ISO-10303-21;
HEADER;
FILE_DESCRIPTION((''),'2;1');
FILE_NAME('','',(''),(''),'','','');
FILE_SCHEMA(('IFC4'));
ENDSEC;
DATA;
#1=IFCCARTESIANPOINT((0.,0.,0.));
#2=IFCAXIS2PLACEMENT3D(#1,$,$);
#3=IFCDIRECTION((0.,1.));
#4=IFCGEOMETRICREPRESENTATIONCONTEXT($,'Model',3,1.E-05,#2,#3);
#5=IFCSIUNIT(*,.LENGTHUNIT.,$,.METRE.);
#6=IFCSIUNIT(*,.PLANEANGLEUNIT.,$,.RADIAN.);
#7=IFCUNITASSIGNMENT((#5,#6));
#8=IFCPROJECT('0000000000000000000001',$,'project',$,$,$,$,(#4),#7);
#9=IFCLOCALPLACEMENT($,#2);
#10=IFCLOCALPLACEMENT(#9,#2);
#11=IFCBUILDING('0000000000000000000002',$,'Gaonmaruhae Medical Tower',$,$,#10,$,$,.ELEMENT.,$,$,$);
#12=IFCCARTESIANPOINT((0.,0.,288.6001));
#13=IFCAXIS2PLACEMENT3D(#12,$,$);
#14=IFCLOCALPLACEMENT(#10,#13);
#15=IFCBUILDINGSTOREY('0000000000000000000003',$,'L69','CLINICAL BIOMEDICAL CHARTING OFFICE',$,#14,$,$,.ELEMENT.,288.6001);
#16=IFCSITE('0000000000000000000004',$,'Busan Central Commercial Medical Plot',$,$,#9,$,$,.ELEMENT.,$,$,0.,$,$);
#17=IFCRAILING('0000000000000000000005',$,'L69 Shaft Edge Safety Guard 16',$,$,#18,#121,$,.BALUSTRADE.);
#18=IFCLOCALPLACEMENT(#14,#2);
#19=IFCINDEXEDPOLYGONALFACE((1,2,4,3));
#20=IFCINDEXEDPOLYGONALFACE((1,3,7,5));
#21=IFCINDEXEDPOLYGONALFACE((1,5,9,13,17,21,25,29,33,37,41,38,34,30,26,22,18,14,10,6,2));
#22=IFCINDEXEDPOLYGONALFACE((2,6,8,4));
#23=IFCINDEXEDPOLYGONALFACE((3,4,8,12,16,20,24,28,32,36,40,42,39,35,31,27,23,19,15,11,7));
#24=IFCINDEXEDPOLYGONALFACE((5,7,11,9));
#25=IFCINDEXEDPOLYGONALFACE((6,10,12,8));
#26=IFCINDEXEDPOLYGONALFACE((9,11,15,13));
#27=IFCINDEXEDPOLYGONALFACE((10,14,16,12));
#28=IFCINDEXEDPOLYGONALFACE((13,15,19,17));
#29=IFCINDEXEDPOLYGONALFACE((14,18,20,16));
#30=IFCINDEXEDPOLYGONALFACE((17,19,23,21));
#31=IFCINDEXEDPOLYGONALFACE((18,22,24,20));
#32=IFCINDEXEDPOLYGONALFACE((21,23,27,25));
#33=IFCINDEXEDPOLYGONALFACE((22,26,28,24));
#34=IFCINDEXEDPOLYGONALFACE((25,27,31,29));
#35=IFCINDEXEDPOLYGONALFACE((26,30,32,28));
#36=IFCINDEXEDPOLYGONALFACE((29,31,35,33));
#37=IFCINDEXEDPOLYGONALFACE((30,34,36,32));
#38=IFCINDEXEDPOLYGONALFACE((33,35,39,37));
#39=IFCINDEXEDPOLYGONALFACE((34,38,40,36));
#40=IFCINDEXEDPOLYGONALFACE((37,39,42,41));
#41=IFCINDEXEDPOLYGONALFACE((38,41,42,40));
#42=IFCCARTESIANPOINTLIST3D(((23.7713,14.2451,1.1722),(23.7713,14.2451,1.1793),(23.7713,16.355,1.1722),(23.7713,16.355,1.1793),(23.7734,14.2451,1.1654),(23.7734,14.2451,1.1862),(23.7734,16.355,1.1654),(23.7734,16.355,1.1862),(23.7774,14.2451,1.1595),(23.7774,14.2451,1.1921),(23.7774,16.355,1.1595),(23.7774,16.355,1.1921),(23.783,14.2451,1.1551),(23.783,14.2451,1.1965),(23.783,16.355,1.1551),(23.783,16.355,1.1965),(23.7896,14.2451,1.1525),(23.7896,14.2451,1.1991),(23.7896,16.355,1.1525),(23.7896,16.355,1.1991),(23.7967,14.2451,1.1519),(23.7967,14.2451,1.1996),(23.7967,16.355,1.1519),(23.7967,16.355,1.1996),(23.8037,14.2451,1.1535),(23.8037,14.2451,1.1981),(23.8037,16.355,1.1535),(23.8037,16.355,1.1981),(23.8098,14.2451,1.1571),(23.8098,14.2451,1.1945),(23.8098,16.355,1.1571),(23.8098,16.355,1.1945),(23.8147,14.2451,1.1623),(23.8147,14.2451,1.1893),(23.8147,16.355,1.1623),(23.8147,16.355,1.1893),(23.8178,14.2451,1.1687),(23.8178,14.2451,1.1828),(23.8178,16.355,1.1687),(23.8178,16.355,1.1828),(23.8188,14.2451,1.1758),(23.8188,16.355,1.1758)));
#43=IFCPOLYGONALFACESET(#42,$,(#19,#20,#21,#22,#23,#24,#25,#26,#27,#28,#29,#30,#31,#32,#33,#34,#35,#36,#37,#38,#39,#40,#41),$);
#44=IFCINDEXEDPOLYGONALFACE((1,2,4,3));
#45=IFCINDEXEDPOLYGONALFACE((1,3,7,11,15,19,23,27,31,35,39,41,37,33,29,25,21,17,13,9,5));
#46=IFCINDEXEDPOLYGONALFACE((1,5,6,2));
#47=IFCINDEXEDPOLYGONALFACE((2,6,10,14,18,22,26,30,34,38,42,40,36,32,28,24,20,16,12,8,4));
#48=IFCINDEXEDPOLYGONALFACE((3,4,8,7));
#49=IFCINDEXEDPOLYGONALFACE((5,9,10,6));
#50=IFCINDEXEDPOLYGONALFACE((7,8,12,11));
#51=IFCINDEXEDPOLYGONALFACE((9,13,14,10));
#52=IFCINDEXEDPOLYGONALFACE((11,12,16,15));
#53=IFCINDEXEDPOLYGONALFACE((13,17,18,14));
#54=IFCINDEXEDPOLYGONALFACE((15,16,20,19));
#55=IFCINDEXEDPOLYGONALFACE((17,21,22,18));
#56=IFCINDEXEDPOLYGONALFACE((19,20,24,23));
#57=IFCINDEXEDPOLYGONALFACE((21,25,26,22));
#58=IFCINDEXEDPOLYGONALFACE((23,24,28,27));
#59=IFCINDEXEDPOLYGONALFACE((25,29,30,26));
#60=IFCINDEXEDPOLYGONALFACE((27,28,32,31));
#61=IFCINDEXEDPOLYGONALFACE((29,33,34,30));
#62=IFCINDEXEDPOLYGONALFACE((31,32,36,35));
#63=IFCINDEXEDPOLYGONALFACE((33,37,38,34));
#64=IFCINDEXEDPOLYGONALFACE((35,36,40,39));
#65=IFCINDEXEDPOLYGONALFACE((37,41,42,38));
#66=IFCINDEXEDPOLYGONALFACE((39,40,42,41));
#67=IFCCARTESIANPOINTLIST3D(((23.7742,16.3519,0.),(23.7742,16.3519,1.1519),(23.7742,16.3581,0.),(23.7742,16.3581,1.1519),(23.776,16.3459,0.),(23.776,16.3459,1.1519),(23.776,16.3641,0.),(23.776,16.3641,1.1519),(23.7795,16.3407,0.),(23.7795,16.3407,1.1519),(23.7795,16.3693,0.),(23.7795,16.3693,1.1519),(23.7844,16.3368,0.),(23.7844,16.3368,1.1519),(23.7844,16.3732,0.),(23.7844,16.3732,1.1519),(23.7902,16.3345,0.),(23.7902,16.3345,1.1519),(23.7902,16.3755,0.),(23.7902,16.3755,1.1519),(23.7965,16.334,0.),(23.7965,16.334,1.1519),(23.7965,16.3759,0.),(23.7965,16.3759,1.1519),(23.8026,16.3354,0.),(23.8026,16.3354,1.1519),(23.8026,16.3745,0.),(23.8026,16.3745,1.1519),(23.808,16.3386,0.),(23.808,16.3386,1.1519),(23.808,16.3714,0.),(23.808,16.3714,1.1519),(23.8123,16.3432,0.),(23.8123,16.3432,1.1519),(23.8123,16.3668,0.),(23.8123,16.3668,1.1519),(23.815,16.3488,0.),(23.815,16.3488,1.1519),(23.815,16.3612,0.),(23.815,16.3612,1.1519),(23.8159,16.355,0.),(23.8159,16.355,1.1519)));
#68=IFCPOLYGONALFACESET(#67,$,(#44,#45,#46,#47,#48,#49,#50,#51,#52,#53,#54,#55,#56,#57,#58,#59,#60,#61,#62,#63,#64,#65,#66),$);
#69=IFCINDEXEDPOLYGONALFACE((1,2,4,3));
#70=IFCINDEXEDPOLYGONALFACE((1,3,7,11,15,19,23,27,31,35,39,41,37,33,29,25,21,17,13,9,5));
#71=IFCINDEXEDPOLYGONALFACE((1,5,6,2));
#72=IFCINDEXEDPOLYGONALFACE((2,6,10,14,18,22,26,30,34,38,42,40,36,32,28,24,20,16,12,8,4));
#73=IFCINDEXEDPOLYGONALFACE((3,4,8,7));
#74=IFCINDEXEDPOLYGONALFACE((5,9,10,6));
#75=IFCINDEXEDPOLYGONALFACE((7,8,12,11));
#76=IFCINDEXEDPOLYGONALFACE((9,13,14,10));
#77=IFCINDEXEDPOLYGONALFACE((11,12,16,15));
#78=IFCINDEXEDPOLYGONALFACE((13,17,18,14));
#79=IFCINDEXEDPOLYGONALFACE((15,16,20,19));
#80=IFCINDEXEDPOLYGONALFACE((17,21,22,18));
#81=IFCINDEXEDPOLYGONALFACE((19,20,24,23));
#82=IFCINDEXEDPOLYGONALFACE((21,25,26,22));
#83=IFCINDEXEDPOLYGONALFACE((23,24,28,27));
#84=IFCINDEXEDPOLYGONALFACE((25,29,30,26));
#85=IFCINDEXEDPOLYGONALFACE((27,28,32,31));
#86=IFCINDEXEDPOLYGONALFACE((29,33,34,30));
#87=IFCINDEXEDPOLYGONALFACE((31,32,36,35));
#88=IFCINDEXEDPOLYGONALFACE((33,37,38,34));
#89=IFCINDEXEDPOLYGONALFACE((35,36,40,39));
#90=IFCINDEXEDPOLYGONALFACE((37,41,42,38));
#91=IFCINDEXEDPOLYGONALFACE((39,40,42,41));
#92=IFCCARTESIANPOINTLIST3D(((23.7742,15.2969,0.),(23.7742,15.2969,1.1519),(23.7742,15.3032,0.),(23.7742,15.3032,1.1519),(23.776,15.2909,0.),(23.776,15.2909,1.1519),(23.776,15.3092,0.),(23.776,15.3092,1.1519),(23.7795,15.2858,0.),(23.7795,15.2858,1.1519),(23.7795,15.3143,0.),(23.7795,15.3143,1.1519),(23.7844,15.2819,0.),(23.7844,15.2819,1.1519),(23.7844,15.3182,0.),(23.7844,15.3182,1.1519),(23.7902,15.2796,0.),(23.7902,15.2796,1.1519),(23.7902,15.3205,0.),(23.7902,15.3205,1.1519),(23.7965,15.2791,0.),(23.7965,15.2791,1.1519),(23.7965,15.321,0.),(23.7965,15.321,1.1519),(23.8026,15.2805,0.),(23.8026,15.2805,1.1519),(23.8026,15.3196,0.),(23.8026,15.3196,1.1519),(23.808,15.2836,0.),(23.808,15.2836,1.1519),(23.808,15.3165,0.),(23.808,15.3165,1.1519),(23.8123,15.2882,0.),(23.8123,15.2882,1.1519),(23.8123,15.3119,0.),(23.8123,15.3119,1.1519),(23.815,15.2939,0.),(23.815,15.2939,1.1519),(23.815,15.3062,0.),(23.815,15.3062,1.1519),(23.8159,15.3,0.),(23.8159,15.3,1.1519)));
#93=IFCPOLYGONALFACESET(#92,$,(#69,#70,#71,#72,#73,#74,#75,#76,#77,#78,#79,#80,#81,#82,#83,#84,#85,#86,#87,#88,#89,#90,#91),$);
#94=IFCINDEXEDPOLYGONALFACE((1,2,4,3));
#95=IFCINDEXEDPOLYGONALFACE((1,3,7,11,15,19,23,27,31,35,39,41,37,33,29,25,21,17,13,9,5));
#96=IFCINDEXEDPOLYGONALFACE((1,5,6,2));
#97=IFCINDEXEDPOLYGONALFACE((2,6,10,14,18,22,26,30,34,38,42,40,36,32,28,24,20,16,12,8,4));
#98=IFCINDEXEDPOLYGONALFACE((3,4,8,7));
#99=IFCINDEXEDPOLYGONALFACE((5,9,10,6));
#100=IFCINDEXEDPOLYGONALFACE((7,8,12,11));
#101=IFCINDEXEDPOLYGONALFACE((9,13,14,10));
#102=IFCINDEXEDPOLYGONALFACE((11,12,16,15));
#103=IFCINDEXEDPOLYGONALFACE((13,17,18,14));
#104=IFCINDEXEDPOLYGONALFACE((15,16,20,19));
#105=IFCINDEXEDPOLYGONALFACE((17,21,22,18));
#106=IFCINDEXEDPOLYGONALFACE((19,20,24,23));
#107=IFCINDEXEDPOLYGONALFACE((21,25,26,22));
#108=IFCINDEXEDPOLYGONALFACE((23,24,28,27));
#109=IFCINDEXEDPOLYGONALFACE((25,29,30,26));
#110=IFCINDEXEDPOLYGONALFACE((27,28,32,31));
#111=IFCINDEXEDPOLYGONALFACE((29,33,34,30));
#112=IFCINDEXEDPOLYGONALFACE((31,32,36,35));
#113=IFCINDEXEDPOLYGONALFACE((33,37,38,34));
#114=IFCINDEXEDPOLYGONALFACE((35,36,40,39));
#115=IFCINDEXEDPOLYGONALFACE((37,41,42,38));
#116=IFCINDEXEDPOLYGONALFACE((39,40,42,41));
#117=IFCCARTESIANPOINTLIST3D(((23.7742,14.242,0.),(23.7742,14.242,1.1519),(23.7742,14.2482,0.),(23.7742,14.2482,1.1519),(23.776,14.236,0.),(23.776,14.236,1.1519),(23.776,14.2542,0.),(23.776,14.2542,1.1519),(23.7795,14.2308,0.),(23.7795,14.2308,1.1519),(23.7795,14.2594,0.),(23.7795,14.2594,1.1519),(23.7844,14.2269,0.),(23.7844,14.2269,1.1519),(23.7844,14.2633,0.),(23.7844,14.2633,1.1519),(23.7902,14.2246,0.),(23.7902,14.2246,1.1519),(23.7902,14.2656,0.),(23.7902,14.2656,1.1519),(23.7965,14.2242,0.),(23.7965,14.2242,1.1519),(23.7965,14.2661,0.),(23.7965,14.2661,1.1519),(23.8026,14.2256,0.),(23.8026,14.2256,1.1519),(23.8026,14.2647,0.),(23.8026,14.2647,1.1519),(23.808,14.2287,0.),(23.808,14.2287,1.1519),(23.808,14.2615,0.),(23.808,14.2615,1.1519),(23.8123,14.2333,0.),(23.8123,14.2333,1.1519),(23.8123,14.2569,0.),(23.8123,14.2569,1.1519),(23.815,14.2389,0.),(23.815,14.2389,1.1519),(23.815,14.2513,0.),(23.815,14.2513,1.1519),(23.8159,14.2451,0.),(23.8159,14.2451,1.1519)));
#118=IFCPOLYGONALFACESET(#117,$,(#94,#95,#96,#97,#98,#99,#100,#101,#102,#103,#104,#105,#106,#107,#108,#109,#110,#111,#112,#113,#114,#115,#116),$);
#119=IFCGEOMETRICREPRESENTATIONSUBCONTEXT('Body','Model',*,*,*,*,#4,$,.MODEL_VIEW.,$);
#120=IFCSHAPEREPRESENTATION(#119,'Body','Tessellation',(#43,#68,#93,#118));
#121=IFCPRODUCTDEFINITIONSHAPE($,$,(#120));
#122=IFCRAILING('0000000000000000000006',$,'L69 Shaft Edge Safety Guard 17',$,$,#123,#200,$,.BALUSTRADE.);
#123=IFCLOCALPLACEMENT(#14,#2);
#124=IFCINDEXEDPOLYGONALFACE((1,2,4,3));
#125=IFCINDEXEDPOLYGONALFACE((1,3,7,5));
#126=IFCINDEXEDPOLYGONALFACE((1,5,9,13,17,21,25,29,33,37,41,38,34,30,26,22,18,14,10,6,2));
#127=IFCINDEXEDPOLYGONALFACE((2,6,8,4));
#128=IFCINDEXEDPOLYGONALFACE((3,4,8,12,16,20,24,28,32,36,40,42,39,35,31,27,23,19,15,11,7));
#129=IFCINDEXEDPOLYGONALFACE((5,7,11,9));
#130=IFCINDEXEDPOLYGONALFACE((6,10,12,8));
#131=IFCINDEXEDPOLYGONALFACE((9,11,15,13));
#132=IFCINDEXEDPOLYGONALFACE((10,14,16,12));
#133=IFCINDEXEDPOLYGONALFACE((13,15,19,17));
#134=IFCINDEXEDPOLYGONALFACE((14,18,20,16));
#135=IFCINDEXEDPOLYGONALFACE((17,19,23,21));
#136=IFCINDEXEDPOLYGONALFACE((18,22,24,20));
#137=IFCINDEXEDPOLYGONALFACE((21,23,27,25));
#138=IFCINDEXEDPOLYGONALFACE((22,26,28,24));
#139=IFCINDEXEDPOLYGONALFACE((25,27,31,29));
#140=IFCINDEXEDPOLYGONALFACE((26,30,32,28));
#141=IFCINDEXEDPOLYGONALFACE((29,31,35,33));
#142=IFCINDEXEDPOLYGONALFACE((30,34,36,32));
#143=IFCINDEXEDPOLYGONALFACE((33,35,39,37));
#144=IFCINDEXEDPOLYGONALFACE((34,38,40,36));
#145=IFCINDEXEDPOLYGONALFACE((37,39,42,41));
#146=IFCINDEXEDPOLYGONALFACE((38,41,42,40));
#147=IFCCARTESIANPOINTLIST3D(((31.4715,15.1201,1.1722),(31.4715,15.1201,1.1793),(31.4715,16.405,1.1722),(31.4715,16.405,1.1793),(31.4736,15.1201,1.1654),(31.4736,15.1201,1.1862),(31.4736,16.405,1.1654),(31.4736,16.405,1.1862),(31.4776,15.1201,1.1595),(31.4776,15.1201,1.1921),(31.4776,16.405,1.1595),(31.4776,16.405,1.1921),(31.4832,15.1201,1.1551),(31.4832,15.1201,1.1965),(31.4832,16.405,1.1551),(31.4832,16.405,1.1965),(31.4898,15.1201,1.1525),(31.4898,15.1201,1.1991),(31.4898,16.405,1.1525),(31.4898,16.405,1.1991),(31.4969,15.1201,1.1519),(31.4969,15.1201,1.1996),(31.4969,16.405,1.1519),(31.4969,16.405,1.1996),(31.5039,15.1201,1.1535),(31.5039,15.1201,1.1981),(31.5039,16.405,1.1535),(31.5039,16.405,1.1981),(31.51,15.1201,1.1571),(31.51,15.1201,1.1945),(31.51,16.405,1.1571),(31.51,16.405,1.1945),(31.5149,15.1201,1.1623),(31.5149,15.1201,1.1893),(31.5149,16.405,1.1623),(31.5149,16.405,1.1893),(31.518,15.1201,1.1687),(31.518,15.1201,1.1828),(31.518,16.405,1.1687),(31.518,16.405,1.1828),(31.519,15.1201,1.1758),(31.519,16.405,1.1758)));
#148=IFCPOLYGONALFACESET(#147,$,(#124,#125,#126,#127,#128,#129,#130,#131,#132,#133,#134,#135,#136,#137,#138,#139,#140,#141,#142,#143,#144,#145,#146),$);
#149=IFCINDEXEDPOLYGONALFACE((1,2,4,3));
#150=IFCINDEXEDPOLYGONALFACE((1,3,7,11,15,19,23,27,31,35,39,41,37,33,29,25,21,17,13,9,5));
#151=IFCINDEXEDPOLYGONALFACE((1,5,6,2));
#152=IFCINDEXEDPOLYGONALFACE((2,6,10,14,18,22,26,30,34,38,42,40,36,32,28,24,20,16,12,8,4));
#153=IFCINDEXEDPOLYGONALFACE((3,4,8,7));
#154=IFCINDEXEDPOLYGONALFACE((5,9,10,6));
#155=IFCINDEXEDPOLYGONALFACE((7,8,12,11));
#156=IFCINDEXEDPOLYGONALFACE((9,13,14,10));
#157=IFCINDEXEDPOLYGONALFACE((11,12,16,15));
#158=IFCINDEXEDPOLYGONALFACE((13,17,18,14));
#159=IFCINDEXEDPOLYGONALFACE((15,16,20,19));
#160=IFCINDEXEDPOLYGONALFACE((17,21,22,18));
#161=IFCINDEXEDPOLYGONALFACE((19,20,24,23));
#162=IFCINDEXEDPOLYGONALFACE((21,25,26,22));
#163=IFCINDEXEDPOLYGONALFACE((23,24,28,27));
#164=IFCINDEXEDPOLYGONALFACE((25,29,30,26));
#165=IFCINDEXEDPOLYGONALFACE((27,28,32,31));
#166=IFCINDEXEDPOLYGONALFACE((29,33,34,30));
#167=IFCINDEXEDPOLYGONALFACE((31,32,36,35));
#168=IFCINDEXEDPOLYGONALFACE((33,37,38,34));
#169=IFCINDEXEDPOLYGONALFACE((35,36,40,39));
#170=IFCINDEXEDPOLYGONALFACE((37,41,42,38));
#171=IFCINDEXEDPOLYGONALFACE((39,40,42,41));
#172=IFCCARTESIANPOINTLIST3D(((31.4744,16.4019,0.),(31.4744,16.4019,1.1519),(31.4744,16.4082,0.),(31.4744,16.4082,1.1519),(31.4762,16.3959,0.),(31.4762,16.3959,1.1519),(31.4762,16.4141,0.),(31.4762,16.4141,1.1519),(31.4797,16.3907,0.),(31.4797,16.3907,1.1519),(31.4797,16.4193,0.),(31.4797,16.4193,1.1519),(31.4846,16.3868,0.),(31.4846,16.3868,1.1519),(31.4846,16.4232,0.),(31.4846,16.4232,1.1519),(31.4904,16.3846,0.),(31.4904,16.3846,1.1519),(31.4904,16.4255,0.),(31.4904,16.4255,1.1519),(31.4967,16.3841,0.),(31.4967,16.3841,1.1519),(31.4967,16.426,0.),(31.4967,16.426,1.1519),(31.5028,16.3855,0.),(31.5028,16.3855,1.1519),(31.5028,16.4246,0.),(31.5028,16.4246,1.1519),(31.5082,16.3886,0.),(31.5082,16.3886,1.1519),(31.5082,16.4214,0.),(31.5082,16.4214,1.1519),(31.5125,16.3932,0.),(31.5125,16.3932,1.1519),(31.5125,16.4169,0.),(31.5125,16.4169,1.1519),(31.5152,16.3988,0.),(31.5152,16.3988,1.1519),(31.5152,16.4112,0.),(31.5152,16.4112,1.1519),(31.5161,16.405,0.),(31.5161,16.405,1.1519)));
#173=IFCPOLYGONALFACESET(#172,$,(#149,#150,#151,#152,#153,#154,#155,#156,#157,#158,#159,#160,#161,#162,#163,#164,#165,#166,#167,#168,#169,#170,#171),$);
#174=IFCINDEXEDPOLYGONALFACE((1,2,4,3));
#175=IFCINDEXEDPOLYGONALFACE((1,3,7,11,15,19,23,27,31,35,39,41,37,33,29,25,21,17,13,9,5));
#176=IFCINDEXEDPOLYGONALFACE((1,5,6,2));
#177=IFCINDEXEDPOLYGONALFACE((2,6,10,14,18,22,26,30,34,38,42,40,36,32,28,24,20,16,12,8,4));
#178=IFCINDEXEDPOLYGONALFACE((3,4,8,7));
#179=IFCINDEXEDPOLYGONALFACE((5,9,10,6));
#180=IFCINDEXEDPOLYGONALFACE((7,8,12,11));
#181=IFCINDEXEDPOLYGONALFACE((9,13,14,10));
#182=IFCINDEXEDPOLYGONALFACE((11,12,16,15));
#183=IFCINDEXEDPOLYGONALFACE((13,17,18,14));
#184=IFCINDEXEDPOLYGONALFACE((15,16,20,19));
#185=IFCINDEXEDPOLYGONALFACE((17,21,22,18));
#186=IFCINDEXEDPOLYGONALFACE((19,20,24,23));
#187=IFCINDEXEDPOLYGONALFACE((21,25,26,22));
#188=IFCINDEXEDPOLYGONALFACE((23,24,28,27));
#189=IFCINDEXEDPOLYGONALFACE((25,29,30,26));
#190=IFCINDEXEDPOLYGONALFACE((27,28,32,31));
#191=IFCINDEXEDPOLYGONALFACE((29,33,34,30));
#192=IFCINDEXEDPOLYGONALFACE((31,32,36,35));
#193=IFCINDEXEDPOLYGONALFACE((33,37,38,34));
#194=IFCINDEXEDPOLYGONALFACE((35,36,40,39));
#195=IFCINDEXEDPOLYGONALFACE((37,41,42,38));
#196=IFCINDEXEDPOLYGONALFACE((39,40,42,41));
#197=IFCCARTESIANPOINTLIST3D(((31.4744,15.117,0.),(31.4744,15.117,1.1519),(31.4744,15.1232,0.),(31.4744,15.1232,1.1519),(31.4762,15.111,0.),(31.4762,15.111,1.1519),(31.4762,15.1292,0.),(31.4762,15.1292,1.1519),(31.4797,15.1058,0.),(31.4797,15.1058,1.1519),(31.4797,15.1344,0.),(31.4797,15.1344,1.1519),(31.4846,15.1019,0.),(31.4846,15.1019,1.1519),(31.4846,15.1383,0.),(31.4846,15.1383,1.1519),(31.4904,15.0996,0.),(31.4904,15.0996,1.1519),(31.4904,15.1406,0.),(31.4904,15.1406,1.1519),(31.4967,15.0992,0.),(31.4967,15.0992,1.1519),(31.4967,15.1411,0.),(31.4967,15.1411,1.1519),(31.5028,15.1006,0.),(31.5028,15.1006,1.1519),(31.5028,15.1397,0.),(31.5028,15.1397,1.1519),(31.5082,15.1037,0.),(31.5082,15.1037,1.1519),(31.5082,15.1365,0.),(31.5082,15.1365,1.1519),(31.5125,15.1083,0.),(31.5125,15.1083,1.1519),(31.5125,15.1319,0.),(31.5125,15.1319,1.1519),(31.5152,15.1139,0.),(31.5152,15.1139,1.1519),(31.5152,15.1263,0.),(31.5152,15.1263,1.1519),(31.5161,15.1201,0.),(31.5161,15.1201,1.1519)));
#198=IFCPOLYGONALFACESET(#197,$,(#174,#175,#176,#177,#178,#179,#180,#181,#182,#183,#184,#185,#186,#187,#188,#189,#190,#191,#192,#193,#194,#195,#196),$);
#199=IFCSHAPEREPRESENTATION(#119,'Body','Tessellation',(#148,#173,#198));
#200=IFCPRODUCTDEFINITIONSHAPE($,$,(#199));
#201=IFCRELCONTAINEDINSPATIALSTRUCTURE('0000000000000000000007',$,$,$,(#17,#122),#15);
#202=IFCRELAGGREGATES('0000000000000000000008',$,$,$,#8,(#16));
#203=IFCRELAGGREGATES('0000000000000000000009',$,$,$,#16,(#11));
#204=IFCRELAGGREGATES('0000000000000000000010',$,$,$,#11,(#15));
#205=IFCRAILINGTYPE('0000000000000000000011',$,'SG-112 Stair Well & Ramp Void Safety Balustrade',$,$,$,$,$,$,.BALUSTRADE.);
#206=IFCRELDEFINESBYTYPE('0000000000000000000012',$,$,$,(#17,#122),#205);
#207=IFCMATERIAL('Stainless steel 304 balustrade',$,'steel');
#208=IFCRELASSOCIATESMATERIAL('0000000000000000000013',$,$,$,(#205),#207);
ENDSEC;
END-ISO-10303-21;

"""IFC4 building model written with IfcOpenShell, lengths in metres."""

from ifc_helpers import new_model, si_unit, direction, frame, origin, origin_2d, place, context, subcontext, project, spatial, circle, extrude, material, type_object, element, save


model = new_model("IFC4")

# Units and contexts
model_context = context("Model", 3, precision=1e-05, world=origin(), true_north=direction((0.0, 1.0)))
body_context = subcontext(model_context, "Body", "Model", "MODEL_VIEW")
ifc_project = project(units=[si_unit("LENGTHUNIT", "METRE"), si_unit("PLANEANGLEUNIT", "RADIAN")], contexts=[model_context])

# Site, building, storey
site_placement = place(None, origin())
site = spatial("IfcSite", under=ifc_project, at=site_placement, Name="Busan Central Commercial Medical Plot", CompositionType="ELEMENT", RefElevation=0.0)
building_placement = place(site_placement, origin())
building = spatial("IfcBuilding", under=site, at=building_placement, Name="Gaonmaruhae Medical Tower", CompositionType="ELEMENT")
storey_placement = place(building_placement, frame((0.0, 0.0, 288.6001)))
storey = spatial("IfcBuildingStorey", under=building, at=storey_placement, Name="L69", Description="CLINICAL BIOMEDICAL CHARTING OFFICE", CompositionType="ELEMENT", Elevation=288.6001)

# Railings
ifc_material_1 = material(Name="Stainless steel 304 balustrade", Category="steel")
railing_type_1 = type_object("IfcRailingType", Name="SG-112 Stair Well & Ramp Void Safety Balustrade", PredefinedType="BALUSTRADE", material=ifc_material_1)
railing_1_placement = place(storey_placement, frame((23.7949, 16.355, 0.0)))
element("IfcRailing", 1, at=railing_1_placement, inside=storey, type_object=railing_type_1, Name="L69 Shaft Edge Safety Guard 16", PredefinedType="BALUSTRADE", context=body_context, shape_type="SweptSolid", body=[
    extrude(circle(Radius=0.0239, at=origin_2d()), frame((0.0, 0.0, 1.1758), z_axis=(0.0, -1.0, 0.0), x_axis=(1.0, 0.0, 0.0)), (0.0, 0.0, 1.0), 2.1099),
    extrude(circle(Radius=0.021, at=origin_2d()), origin(), (0.0, 0.0, 1.0), 1.1519),
    extrude(circle(Radius=0.021, at=origin_2d()), frame((0.0, -1.0549, 0.0)), (0.0, 0.0, 1.0), 1.1519),
    extrude(circle(Radius=0.021, at=origin_2d()), frame((0.0, -2.1099, 0.0)), (0.0, 0.0, 1.0), 1.1519),
])
railing_2_placement = place(storey_placement, frame((31.4951, 16.405, 0.0)))
element("IfcRailing", 2, at=railing_2_placement, inside=storey, type_object=railing_type_1, Name="L69 Shaft Edge Safety Guard 17", PredefinedType="BALUSTRADE", context=body_context, shape_type="SweptSolid", body=[
    extrude(circle(Radius=0.0239, at=origin_2d()), frame((0.0, 0.0, 1.1758), z_axis=(0.0, -1.0, 0.0), x_axis=(1.0, 0.0, 0.0)), (0.0, 0.0, 1.0), 1.2849),
    extrude(circle(Radius=0.021, at=origin_2d()), origin(), (0.0, 0.0, 1.0), 1.1519),
    extrude(circle(Radius=0.021, at=origin_2d()), frame((0.0, -1.2849, 0.0)), (0.0, 0.0, 1.0), 1.1519),
])

save(model, "model.ifc")
